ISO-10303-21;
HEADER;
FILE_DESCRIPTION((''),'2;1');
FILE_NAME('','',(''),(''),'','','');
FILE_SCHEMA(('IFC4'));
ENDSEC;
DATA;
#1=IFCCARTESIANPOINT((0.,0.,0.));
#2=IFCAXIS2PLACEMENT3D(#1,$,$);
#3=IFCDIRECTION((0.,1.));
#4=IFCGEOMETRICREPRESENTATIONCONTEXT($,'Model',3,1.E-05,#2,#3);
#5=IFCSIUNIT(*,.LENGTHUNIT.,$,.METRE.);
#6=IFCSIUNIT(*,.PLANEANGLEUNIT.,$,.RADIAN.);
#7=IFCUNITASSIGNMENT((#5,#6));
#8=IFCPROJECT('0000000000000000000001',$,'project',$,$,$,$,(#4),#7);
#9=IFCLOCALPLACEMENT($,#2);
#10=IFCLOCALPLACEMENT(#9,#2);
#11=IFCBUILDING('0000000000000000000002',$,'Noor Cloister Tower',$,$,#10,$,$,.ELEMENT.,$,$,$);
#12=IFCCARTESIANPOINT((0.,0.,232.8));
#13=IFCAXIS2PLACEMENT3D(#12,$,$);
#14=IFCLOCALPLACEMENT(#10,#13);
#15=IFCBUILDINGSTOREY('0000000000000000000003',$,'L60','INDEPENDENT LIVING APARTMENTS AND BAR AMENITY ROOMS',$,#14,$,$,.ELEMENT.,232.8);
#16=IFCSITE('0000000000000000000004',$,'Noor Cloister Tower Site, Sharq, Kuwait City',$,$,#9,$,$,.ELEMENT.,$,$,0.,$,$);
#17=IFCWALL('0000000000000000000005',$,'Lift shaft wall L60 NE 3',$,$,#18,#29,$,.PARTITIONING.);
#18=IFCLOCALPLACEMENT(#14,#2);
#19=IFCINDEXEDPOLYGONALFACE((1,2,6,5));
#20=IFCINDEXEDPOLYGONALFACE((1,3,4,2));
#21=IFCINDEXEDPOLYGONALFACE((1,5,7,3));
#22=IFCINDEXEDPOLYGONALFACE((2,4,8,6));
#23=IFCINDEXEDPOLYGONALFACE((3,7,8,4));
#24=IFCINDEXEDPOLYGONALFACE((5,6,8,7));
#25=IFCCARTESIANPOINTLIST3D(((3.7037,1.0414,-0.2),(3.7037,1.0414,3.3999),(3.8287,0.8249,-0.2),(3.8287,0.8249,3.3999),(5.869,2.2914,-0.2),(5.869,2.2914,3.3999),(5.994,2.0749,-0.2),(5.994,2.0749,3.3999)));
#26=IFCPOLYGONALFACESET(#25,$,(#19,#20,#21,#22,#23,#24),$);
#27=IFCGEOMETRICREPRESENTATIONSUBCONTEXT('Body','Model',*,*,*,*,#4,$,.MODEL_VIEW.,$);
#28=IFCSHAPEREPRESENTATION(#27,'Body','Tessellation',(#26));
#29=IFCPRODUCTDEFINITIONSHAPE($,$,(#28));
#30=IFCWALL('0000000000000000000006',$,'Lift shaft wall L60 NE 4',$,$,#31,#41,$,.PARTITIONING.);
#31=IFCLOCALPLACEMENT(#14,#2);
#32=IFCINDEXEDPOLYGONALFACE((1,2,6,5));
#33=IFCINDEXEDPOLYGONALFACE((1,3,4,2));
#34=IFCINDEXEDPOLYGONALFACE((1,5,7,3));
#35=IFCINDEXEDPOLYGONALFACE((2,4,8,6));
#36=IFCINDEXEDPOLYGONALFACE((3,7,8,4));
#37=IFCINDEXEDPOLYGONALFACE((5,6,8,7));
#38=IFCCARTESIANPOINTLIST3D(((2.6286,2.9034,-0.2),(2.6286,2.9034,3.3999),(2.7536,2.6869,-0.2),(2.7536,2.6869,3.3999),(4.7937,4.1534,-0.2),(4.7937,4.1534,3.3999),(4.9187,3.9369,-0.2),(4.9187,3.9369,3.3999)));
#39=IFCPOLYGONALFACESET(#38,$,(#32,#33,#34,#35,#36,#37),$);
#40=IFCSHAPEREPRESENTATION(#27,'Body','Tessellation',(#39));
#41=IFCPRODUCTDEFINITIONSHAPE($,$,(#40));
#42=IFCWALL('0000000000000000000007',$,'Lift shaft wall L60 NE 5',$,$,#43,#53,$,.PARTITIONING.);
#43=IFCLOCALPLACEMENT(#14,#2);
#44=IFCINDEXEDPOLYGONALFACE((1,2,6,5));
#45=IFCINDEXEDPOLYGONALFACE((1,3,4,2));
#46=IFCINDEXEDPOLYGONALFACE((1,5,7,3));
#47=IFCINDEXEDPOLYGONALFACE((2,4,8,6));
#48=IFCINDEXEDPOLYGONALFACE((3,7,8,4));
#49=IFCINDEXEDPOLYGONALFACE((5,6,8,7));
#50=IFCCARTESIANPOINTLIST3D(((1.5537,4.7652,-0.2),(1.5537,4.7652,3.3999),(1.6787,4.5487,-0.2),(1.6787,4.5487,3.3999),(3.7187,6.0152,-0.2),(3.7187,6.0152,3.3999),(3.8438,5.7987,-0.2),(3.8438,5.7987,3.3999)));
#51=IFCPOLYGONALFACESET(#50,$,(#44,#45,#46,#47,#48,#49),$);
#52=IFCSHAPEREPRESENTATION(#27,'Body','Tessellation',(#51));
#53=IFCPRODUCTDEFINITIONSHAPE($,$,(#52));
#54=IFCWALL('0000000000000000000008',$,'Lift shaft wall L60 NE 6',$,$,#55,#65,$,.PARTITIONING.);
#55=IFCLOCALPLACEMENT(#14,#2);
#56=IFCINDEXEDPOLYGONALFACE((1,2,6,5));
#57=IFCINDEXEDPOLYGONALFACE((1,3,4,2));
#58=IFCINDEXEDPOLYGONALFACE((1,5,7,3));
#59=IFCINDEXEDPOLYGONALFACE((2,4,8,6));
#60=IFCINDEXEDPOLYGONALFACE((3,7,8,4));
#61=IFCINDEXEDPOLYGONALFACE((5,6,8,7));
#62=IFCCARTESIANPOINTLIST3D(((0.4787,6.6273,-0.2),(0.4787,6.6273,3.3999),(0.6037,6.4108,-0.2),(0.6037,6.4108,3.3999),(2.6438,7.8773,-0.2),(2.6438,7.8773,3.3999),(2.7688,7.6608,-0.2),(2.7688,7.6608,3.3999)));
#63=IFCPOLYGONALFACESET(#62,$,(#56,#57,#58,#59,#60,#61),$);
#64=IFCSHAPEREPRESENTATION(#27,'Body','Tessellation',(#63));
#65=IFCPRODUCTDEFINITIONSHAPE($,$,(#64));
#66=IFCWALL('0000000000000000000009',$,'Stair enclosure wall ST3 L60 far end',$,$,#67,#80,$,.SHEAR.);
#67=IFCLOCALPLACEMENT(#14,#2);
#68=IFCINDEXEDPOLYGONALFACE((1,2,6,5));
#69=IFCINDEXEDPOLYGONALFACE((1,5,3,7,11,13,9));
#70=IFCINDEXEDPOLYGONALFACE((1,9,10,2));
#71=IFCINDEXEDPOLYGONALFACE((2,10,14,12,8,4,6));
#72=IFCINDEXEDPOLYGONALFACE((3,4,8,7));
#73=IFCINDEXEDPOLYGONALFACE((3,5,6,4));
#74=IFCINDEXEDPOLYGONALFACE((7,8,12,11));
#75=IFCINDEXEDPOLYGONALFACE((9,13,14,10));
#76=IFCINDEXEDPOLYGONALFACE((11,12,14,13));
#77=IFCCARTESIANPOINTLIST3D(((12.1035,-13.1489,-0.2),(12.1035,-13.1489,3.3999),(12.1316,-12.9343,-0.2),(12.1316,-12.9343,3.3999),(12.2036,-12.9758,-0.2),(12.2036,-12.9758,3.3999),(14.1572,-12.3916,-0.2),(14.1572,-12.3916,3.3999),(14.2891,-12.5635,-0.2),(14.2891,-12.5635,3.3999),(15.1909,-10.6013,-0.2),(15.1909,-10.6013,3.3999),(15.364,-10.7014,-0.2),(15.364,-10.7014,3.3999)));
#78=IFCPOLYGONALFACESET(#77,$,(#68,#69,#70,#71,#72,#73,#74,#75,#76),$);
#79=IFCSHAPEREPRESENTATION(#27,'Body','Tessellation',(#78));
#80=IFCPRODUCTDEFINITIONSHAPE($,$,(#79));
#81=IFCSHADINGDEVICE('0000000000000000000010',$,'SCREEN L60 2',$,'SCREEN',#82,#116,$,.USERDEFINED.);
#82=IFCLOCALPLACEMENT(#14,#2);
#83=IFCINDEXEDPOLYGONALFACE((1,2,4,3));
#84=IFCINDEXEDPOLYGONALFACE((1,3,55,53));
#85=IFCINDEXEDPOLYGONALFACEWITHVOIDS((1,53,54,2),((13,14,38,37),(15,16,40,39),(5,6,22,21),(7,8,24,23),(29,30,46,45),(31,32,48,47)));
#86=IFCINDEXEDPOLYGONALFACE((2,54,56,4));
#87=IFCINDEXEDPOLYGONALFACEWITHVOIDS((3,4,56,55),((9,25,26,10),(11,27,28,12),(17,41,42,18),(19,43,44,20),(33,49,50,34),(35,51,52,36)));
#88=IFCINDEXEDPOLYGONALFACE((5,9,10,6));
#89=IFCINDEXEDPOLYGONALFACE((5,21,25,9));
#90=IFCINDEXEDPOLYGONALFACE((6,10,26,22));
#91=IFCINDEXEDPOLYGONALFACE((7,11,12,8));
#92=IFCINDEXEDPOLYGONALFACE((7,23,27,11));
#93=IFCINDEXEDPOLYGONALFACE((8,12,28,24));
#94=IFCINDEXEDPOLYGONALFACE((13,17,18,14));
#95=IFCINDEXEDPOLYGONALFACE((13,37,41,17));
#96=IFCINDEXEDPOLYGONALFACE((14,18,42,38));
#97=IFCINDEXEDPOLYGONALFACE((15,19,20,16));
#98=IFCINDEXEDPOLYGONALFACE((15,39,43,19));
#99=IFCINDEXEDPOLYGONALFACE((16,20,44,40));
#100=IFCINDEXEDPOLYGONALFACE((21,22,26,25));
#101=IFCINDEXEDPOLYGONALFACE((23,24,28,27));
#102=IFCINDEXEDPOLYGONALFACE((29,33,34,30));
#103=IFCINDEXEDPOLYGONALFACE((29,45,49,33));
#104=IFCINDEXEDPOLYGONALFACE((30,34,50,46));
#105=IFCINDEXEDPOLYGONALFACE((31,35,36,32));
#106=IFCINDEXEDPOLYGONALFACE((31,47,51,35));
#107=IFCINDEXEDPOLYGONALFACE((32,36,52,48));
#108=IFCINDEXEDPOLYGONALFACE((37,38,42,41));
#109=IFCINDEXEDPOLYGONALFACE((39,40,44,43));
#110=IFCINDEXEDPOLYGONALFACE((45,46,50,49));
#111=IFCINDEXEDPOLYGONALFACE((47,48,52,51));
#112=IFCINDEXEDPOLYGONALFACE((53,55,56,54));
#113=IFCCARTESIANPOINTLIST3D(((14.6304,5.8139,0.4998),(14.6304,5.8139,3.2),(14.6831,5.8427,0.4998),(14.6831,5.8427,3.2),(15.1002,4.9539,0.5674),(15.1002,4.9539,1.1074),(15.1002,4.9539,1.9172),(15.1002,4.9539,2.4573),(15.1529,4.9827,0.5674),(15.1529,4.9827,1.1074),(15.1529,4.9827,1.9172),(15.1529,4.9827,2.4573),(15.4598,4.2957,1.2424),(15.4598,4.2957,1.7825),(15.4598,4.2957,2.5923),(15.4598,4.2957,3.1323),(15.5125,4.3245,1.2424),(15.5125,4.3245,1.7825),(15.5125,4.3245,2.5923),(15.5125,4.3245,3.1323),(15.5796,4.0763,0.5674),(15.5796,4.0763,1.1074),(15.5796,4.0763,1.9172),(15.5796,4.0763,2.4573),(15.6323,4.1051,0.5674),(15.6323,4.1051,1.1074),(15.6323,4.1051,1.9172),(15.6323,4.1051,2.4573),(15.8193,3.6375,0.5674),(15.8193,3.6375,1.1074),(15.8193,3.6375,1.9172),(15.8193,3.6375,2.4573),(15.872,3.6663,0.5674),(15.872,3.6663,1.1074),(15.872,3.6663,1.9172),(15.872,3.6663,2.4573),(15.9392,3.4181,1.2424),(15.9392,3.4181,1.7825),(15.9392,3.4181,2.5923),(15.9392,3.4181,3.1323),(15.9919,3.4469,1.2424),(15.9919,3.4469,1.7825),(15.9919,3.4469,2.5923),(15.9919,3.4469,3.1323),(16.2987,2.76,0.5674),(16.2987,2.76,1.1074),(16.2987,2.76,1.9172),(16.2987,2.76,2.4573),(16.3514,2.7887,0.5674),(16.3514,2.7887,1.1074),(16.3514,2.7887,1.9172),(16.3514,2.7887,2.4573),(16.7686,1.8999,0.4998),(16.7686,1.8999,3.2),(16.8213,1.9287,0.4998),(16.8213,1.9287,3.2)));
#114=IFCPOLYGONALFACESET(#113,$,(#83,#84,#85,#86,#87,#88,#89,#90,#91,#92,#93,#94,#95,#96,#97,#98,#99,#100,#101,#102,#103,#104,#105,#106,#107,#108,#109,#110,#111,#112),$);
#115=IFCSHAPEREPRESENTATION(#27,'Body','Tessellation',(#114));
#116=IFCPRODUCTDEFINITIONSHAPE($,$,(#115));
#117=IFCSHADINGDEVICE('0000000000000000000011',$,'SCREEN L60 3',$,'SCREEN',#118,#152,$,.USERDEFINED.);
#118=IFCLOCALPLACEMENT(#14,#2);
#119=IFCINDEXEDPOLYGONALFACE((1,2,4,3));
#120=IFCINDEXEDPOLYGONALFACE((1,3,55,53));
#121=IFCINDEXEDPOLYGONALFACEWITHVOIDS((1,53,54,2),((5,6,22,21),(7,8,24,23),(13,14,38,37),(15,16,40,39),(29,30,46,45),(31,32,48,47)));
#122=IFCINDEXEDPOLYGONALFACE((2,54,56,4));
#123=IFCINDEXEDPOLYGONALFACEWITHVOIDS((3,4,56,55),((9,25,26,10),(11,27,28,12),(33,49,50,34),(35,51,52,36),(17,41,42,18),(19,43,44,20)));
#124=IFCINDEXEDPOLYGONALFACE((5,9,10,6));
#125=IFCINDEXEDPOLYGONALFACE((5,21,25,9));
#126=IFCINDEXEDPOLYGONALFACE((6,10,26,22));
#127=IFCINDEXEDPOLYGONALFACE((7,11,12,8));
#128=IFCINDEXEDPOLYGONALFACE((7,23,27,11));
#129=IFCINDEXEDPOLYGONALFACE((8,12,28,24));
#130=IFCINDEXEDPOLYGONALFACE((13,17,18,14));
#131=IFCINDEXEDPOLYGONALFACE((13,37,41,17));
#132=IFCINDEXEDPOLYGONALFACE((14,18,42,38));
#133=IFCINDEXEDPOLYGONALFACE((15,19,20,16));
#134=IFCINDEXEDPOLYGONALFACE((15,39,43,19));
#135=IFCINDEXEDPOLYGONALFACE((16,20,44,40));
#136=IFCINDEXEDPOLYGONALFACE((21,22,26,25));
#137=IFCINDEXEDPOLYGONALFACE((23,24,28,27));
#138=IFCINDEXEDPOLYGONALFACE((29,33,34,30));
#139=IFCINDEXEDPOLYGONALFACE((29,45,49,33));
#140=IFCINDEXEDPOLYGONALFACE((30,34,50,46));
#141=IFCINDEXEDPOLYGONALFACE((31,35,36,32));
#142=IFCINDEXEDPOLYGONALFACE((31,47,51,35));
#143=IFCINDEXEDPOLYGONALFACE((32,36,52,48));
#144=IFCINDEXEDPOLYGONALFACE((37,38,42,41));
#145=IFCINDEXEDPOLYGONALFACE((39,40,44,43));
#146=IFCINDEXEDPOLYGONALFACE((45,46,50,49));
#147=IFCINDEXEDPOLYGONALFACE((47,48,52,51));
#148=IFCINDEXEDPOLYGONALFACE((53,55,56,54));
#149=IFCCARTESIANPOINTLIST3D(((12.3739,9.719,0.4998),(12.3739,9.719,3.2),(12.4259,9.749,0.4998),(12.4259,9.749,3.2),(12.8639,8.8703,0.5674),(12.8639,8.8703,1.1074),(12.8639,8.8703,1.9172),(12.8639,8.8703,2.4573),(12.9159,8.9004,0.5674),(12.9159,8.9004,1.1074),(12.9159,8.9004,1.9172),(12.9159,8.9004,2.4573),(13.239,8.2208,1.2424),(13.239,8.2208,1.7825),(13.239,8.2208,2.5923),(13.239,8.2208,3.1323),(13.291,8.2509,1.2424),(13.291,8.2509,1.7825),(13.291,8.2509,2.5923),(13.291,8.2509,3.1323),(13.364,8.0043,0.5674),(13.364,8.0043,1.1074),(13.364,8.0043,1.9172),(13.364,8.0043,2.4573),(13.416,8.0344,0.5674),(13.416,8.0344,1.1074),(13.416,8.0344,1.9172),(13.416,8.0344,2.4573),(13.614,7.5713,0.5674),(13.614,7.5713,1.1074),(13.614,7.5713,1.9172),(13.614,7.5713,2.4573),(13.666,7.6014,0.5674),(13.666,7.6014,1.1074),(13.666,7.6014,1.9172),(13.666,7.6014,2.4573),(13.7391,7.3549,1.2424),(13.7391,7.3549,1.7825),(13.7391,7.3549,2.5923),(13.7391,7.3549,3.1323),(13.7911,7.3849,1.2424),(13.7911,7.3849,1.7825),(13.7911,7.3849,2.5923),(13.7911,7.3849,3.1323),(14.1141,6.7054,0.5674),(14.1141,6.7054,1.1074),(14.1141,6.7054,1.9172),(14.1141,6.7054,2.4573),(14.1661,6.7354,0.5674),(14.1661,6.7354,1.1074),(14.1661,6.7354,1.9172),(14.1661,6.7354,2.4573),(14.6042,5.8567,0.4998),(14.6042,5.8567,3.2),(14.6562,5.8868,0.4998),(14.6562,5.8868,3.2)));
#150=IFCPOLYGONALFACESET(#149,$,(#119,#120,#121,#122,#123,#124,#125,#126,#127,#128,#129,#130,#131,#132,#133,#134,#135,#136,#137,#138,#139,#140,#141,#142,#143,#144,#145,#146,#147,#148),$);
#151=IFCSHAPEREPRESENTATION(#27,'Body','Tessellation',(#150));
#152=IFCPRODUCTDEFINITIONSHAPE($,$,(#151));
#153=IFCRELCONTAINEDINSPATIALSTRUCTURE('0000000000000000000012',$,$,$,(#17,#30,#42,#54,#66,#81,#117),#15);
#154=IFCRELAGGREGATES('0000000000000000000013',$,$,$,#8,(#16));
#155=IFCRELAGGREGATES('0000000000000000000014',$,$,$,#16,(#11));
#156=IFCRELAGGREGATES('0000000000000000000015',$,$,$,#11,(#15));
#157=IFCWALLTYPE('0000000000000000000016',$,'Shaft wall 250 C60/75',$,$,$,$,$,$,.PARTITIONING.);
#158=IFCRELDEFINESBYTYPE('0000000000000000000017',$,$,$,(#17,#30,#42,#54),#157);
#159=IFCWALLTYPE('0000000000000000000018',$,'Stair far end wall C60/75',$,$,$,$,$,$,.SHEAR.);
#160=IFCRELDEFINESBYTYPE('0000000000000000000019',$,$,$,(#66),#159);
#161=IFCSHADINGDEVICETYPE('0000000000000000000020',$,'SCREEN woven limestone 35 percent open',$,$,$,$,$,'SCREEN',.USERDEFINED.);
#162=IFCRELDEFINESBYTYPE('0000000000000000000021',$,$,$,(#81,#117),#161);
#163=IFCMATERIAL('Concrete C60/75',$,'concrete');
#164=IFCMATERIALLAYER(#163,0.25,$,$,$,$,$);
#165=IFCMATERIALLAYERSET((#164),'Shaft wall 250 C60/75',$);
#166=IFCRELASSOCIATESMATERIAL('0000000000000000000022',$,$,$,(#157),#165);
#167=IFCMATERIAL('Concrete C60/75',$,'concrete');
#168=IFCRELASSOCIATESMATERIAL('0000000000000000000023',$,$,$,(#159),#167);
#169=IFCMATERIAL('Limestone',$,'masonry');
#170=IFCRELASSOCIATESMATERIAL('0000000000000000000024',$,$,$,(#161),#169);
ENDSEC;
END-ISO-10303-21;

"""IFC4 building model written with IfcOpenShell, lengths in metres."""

from ifc_helpers import new_model, si_unit, direction, frame, frame_2d, origin, place, context, subcontext, project, spatial, polyline, rectangle, outline, extrude, material, layer, layer_set, material_profile, profile_set, type_object, element, save


model = new_model("IFC4")

# Units and contexts
model_context = context("Model", 3, precision=1e-05, world=origin(), true_north=direction((0.0, 1.0)))
body_context = subcontext(model_context, "Body", "Model", "MODEL_VIEW")
ifc_project = project(units=[si_unit("LENGTHUNIT", "METRE"), si_unit("PLANEANGLEUNIT", "RADIAN")], contexts=[model_context])

# Site, building, storey
site_placement = place(None, origin())
site = spatial("IfcSite", under=ifc_project, at=site_placement, Name="Noor Cloister Tower Site, Sharq, Kuwait City", CompositionType="ELEMENT", RefElevation=0.0)
building_placement = place(site_placement, origin())
building = spatial("IfcBuilding", under=site, at=building_placement, Name="Noor Cloister Tower", CompositionType="ELEMENT")
storey_placement = place(building_placement, frame((0.0, 0.0, 232.8)))
storey = spatial("IfcBuildingStorey", under=building, at=storey_placement, Name="L60", Description="INDEPENDENT LIVING APARTMENTS AND BAR AMENITY ROOMS", CompositionType="ELEMENT", Elevation=232.8)

# Walls
ifc_material_1 = material(Name="Concrete C60/75", Category="concrete")
ifc_layer_1 = layer(ifc_material_1, 0.25)
ifc_layer_set_1 = layer_set([ifc_layer_1], Name="Shaft wall 250 C60/75")
wall_type_1 = type_object("IfcWallType", Name="Shaft wall 250 C60/75", PredefinedType="PARTITIONING", material=ifc_layer_set_1)
wall_1_placement = place(storey_placement, frame((5.9314, 2.1831, -0.2), z_axis=(0.0, 0.0, 1.0), x_axis=(-0.866047, -0.499962, 0.0)))
element("IfcWall", 1, at=wall_1_placement, inside=storey, type_object=wall_type_1, Name="Lift shaft wall L60 NE 3", PredefinedType="PARTITIONING", context=body_context, shape_type="SweptSolid", body=[
    extrude(rectangle(XDim=2.5002, YDim=0.25, at=frame_2d((1.25, 0.0))), origin(), (0.0, 0.0, 1.0), 3.5999),
])
for number, where, z_axis, x_axis, name in (
    (2, (4.8562, 4.0452, -0.2), (0.0, 0.0, 1.0), (-0.866023, -0.500004, 0.0), "Lift shaft wall L60 NE 4"),
    (3, (3.7812, 5.907, -0.2), (0.0, 0.0, 1.0), (-0.866023, -0.500004, 0.0), "Lift shaft wall L60 NE 5"),
    (4, (2.7063, 7.769, -0.2), (0.0, 0.0, 1.0), (-0.866023, -0.500004, 0.0), "Lift shaft wall L60 NE 6"),
):
    element("IfcWall", number, at=place(storey_placement, frame(where, z_axis=z_axis, x_axis=x_axis)), inside=storey, type_object=wall_type_1, Name=name, PredefinedType="PARTITIONING", context=body_context, shape_type="SweptSolid", body=[
        extrude(rectangle(XDim=2.5, YDim=0.25, at=frame_2d((1.25, 0.0))), origin(), (0.0, 0.0, 1.0), 3.5999),
    ])
ifc_material_2 = material(Name="Concrete C60/75", Category="concrete")
wall_type_2 = type_object("IfcWallType", Name="Stair far end wall C60/75", PredefinedType="SHEAR", material=ifc_material_2)
wall_2_placement = place(storey_placement, frame((0.0, 0.0, -0.2)))
element("IfcWall", 5, at=wall_2_placement, inside=storey, type_object=wall_type_2, Name="Stair enclosure wall ST3 L60 far end", PredefinedType="SHEAR", context=body_context, shape_type="SweptSolid", body=[
    extrude(outline(polyline([(12.1035, -13.1489), (14.2891, -12.5635), (15.364, -10.7014), (15.1909, -10.6013), (14.1572, -12.3916), (12.1316, -12.9343), (12.2036, -12.9758), (12.2036, -12.9758), (12.2036, -12.9758), (12.2036, -12.9758), (12.2036, -12.9758), (12.2036, -12.9758), (12.2036, -12.9758), (12.2036, -12.9758), (12.2036, -12.9758), (12.2036, -12.9758), (12.2036, -12.9758), (12.2036, -12.9758), (12.2036, -12.9758), (12.2036, -12.9758), (12.2036, -12.9758), (12.2036, -12.9758), (12.2036, -12.9758), (12.1035, -13.1489)])), origin(), (0.0, 0.0, 1.0), 3.5999),
])

# Shading devices
ifc_material_3 = material(Name="Limestone", Category="masonry")
ifc_material_profile_1 = material_profile(ifc_material_3, outline(polyline([(-2.23, -1.3501), (2.23, -1.3501), (2.23, 1.3501), (-2.23, 1.3501), (-2.23, -1.3501)]), holes=[polyline([(-1.25, -1.2825), (-0.25, -1.2825), (-0.25, -0.7424), (-1.25, -0.7424), (-1.25, -1.2825)]), polyline([(0.25, -1.2825), (1.25, -1.2825), (1.25, -0.7424), (0.25, -0.7424), (0.25, -1.2825)]), polyline([(-0.5, -0.6074), (0.5, -0.6074), (0.5, -0.0674), (-0.5, -0.0674), (-0.5, -0.6074)]), polyline([(-1.25, 0.0674), (-0.25, 0.0674), (-0.25, 0.6074), (-1.25, 0.6074), (-1.25, 0.0674)]), polyline([(0.25, 0.0674), (1.25, 0.0674), (1.25, 0.6074), (0.25, 0.6074), (0.25, 0.0674)]), polyline([(-0.5, 0.7424), (0.5, 0.7424), (0.5, 1.2825), (-0.5, 1.2825), (-0.5, 0.7424)])]), Name="Woven screen 35 percent open")
ifc_profile_set_1 = profile_set([ifc_material_profile_1], Name="Limestone")
shading_device_type = type_object("IfcShadingDeviceType", Name="SCREEN woven limestone 35 percent open", ElementType="SCREEN", PredefinedType="USERDEFINED", material=ifc_profile_set_1)
for number, where, z_axis, x_axis, name in (
    (6, (15.6995, 3.8569, 1.8499), (0.877585, 0.479421, 0.0), (-0.479421, 0.877585, 0.0), "SCREEN L60 2"),
    (7, (13.489, 7.7878, 1.8499), (0.865982, 0.500074, 0.0), (-0.500074, 0.865982, 0.0), "SCREEN L60 3"),
):
    element("IfcShadingDevice", number, at=place(storey_placement, frame(where, z_axis=z_axis, x_axis=x_axis)), inside=storey, type_object=shading_device_type, Name=name, ObjectType="SCREEN", PredefinedType="USERDEFINED", context=body_context, shape_type="SweptSolid", body=[
        extrude(outline(polyline([(-2.23, -1.3501), (2.23, -1.3501), (2.23, 1.3501), (-2.23, 1.3501), (-2.23, -1.3501)]), holes=[polyline([(-1.25, -1.2825), (-0.25, -1.2825), (-0.25, -0.7424), (-1.25, -0.7424), (-1.25, -1.2825)]), polyline([(0.25, -1.2825), (1.25, -1.2825), (1.25, -0.7424), (0.25, -0.7424), (0.25, -1.2825)]), polyline([(-0.5, -0.6074), (0.5, -0.6074), (0.5, -0.0674), (-0.5, -0.0674), (-0.5, -0.6074)]), polyline([(-1.25, 0.0674), (-0.25, 0.0674), (-0.25, 0.6074), (-1.25, 0.6074), (-1.25, 0.0674)]), polyline([(0.25, 0.0674), (1.25, 0.0674), (1.25, 0.6074), (0.25, 0.6074), (0.25, 0.0674)]), polyline([(-0.5, 0.7424), (0.5, 0.7424), (0.5, 1.2825), (-0.5, 1.2825), (-0.5, 0.7424)])]), origin(), (0.0, 0.0, 1.0), 0.0601),
    ])

save(model, "model.ifc")
